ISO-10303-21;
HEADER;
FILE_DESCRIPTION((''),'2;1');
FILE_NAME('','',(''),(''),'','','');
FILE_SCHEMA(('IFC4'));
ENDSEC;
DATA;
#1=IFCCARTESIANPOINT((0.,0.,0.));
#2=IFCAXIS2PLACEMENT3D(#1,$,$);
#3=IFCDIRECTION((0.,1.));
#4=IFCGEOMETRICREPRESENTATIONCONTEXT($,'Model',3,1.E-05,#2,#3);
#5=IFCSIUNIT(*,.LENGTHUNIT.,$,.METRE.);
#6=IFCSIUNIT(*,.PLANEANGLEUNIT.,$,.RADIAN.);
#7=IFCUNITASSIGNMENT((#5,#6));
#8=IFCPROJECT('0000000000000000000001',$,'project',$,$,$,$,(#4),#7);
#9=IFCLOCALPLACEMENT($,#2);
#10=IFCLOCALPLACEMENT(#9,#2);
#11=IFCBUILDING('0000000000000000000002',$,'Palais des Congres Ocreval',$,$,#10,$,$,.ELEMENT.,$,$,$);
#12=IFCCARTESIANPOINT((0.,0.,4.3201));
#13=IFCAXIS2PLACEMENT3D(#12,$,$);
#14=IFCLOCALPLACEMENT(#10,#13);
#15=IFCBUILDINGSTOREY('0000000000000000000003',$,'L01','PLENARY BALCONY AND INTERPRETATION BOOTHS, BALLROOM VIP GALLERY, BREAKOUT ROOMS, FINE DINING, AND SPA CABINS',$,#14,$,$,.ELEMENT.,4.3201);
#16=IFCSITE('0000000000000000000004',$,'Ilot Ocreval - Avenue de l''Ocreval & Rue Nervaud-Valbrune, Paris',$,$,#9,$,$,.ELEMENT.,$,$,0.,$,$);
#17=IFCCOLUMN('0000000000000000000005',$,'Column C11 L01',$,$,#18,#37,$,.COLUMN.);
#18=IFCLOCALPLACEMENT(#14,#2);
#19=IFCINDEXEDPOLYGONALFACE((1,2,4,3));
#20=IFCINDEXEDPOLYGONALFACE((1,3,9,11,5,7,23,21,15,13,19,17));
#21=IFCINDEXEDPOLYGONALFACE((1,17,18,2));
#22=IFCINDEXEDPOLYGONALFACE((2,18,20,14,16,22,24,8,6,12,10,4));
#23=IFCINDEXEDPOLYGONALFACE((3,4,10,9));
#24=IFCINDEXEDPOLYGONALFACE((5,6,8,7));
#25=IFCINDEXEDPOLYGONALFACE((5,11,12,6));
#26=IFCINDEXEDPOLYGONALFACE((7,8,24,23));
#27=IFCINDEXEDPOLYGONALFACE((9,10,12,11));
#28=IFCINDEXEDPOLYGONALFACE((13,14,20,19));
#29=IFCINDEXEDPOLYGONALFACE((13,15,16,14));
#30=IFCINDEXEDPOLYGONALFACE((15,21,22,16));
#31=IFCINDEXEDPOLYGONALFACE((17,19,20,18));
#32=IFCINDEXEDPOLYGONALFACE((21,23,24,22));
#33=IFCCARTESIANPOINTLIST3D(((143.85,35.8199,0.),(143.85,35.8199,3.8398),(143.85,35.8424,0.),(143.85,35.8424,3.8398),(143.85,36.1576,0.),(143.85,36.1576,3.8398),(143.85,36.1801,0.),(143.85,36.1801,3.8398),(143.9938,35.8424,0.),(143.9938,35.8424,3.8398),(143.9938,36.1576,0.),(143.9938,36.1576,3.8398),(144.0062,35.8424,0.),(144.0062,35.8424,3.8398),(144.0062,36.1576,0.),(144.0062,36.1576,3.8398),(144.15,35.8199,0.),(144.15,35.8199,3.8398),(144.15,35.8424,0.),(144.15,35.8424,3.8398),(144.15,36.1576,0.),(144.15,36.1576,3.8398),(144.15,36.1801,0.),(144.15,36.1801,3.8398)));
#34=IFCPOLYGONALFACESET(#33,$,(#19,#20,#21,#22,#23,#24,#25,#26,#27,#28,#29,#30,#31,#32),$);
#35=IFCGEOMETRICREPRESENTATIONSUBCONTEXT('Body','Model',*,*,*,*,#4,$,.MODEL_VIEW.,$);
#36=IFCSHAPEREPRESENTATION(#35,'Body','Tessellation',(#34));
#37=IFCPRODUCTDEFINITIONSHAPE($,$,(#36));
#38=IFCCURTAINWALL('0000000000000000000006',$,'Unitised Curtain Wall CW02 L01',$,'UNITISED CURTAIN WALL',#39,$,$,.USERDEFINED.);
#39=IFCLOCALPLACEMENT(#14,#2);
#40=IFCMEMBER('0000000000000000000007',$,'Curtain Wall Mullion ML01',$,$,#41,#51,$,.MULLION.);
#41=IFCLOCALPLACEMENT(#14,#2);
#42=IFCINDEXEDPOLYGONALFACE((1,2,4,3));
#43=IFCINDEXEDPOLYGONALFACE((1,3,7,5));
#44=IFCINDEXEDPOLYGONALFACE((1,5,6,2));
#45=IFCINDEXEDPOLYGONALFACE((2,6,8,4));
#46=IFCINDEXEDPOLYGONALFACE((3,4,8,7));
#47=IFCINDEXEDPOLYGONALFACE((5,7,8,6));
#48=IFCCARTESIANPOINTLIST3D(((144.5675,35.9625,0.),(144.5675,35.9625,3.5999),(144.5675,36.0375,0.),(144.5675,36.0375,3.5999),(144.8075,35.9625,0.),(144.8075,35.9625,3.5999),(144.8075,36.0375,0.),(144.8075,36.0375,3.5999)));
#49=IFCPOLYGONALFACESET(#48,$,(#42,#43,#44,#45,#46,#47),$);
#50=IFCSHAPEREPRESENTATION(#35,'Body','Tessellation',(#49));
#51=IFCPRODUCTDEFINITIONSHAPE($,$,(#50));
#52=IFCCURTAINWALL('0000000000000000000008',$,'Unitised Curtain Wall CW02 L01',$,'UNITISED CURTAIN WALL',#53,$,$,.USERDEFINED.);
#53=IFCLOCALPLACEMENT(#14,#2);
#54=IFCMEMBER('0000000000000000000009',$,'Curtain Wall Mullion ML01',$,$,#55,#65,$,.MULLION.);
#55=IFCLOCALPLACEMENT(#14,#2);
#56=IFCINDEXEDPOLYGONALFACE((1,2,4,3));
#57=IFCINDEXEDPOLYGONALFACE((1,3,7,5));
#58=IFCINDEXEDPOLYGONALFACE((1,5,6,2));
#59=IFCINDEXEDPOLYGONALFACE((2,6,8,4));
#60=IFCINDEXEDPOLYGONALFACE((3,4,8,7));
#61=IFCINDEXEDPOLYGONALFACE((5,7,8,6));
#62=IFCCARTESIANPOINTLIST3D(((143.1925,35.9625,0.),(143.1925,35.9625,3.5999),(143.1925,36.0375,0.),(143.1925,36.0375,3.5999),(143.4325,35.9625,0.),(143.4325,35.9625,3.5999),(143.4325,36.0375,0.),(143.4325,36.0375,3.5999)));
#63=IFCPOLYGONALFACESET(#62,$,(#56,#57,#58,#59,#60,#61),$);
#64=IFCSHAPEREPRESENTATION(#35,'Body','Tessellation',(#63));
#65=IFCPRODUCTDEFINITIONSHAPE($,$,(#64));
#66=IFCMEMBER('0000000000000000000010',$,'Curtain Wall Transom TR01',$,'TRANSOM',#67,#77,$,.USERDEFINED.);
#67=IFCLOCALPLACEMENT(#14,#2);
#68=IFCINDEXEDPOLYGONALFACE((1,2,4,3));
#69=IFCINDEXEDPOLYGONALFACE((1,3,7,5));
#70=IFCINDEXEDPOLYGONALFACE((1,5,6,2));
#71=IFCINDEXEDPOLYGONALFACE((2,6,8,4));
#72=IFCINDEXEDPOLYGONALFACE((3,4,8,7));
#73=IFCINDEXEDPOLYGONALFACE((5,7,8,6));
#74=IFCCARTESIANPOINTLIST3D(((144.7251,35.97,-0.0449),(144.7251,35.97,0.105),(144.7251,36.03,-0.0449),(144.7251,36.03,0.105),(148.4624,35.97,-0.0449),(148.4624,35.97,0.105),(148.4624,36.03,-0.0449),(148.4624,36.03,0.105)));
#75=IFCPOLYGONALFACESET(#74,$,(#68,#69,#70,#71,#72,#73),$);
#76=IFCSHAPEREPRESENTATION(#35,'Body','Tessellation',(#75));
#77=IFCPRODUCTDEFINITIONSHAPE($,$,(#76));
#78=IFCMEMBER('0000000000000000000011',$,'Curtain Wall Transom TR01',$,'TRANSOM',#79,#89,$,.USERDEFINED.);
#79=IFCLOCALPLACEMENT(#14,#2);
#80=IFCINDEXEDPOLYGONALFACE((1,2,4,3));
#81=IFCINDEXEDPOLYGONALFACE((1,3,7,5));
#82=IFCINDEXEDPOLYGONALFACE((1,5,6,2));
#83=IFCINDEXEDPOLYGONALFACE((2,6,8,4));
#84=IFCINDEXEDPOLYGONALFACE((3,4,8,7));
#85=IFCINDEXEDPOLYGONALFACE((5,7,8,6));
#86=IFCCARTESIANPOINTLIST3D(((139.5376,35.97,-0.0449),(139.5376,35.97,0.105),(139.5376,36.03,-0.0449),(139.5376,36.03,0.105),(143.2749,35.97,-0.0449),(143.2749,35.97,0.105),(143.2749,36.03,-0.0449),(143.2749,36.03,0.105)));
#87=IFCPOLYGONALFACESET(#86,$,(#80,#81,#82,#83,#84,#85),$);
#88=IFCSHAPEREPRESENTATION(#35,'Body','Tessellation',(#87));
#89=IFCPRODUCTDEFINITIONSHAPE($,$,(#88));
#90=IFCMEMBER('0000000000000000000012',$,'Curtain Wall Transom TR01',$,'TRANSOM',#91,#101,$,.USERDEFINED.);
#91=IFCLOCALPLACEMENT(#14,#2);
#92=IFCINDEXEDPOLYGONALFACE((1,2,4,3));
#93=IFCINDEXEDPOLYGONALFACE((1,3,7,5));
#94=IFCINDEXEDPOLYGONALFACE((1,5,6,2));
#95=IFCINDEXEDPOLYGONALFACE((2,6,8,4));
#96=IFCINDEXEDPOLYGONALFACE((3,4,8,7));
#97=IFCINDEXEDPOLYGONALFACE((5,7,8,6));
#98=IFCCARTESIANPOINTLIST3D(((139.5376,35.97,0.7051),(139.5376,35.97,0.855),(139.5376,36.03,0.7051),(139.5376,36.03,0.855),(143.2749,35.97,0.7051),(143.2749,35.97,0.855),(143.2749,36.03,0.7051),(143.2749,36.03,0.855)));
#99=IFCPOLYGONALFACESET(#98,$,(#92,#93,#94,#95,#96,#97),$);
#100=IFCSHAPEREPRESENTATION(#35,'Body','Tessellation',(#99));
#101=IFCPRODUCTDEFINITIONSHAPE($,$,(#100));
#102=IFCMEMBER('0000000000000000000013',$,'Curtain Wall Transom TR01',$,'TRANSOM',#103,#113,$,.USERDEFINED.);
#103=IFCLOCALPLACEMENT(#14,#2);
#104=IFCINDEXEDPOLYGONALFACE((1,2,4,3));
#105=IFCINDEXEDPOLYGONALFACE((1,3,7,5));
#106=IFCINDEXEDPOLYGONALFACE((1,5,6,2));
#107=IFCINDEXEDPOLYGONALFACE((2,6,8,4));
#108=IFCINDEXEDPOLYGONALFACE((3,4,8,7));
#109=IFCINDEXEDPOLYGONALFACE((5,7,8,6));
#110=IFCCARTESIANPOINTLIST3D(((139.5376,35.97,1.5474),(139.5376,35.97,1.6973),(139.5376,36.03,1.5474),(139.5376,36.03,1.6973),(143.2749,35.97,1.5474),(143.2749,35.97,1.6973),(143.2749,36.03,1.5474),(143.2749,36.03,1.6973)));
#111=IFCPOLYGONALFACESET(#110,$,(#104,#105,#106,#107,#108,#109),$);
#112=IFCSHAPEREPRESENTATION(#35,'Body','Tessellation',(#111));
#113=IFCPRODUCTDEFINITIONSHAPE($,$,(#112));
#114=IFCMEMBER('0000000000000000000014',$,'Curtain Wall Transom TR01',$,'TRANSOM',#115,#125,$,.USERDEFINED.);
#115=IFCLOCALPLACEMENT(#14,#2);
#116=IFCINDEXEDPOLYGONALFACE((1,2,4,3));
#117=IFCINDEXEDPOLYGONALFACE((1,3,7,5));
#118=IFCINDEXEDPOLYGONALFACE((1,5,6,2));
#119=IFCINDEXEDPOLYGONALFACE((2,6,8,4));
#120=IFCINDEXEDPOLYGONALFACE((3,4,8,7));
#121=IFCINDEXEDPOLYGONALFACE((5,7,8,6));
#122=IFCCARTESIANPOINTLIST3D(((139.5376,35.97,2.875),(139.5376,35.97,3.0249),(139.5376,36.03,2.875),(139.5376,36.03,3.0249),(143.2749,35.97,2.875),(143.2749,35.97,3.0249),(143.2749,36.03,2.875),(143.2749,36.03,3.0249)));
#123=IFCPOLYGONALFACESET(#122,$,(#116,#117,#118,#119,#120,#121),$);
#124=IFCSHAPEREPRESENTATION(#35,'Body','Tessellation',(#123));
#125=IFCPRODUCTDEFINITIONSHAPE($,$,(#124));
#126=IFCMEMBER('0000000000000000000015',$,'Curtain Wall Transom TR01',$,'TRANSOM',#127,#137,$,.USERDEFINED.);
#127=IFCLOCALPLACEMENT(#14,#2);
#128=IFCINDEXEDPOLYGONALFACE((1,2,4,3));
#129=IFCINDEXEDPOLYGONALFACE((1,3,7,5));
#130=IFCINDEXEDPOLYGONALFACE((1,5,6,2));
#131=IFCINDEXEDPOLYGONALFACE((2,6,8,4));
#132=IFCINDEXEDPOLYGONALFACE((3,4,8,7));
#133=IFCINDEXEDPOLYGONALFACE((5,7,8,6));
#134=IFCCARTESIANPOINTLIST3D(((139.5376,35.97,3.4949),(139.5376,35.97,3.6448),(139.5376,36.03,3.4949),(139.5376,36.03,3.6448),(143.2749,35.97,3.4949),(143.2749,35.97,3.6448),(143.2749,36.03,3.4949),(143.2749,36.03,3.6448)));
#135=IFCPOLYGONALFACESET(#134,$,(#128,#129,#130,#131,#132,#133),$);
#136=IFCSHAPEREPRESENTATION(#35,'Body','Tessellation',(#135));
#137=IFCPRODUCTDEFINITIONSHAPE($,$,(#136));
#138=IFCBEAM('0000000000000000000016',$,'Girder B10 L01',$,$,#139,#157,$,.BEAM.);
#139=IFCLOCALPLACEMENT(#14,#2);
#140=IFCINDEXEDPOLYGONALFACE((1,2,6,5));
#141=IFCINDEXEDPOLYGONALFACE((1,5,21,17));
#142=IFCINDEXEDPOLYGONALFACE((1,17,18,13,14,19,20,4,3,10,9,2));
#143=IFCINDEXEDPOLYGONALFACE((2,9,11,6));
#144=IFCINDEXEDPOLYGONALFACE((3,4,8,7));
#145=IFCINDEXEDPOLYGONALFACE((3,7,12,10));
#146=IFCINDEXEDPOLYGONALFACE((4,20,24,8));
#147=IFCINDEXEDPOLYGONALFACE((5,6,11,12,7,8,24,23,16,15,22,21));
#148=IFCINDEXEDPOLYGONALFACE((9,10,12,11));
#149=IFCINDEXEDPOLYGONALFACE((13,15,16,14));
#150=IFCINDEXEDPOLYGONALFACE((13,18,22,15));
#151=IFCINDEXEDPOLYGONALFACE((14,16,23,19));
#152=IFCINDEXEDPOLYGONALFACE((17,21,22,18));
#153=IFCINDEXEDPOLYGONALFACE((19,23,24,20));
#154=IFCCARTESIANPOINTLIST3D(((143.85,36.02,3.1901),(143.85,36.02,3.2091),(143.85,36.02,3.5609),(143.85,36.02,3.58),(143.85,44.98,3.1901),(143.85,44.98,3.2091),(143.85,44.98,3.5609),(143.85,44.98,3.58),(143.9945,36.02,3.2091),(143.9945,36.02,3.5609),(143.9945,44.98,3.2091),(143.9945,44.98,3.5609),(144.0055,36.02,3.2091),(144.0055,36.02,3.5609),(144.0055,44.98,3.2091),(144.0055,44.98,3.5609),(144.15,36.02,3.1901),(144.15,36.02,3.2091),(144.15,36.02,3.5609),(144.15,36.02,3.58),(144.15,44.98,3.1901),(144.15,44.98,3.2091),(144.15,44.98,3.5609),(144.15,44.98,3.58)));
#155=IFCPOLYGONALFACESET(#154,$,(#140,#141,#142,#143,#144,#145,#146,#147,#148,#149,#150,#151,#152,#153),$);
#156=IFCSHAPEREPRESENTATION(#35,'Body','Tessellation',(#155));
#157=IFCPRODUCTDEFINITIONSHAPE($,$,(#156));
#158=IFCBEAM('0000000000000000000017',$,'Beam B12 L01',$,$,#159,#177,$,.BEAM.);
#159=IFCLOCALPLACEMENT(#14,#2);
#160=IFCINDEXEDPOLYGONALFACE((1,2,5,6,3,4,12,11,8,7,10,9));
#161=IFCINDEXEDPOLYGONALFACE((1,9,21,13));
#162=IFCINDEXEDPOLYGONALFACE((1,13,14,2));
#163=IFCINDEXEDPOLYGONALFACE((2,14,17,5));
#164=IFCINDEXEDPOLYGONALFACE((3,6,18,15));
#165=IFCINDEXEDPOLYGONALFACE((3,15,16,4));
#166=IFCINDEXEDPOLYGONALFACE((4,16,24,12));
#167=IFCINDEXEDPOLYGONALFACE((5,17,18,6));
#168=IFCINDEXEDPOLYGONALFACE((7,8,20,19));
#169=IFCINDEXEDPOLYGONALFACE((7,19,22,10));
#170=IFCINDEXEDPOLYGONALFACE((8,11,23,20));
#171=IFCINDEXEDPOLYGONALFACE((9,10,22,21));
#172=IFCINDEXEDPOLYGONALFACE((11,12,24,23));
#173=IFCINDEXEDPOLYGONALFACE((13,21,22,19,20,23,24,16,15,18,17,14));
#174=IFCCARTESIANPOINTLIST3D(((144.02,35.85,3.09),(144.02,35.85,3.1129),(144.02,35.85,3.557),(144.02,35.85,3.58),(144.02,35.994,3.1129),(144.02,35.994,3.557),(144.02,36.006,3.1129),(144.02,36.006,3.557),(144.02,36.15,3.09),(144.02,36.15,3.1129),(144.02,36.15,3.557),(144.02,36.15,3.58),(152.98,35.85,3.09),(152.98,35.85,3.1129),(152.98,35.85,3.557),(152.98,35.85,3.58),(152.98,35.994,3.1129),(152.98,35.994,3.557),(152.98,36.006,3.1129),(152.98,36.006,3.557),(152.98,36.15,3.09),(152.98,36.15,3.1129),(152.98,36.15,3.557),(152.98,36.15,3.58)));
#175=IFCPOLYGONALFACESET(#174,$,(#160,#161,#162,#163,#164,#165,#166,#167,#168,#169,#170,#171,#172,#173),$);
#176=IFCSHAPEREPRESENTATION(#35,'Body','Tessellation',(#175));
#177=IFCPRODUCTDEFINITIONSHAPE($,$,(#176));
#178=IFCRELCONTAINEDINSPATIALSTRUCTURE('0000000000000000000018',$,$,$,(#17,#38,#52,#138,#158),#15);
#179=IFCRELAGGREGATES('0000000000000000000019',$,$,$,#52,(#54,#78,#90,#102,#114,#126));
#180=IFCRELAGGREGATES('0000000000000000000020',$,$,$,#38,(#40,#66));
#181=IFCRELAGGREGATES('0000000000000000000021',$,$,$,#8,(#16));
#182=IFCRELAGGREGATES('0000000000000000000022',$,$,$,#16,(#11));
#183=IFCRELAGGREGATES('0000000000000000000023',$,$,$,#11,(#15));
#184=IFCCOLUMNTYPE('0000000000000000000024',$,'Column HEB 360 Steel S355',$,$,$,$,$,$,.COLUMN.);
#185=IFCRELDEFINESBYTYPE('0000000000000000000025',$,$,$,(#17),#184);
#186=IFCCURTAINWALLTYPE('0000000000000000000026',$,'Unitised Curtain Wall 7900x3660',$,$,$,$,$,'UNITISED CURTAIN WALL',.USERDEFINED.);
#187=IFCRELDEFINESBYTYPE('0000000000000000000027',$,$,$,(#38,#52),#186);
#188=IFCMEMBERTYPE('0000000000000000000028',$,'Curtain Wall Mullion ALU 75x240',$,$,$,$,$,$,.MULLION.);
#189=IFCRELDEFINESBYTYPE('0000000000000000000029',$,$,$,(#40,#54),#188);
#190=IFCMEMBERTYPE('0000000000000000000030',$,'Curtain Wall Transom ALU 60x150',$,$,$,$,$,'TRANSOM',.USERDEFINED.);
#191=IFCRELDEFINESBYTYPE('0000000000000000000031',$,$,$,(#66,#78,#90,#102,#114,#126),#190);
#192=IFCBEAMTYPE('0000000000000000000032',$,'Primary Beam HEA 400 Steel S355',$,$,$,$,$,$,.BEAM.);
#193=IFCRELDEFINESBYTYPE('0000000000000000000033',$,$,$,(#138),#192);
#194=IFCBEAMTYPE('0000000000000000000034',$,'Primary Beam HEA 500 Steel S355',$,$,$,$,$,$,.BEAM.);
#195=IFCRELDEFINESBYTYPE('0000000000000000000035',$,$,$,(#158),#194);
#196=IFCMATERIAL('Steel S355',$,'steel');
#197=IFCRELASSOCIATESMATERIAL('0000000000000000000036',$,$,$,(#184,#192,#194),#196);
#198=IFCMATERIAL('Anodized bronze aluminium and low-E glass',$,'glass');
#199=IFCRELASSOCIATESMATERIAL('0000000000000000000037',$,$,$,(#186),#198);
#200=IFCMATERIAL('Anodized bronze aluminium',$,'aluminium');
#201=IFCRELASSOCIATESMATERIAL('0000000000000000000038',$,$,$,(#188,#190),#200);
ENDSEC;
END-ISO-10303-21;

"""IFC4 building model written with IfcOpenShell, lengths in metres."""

from ifc_helpers import new_model, si_unit, direction, frame, origin, origin_2d, place, context, subcontext, project, spatial, rectangle, i_section, extrude, material, material_profile, profile_set, type_object, element, aggregate, save


model = new_model("IFC4")

# Units and contexts
model_context = context("Model", 3, precision=1e-05, world=origin(), true_north=direction((0.0, 1.0)))
body_context = subcontext(model_context, "Body", "Model", "MODEL_VIEW")
ifc_project = project(units=[si_unit("LENGTHUNIT", "METRE"), si_unit("PLANEANGLEUNIT", "RADIAN")], contexts=[model_context])

# Site, building, storey
site_placement = place(None, origin())
site = spatial("IfcSite", under=ifc_project, at=site_placement, Name="Ilot Ocreval - Avenue de l'Ocreval & Rue Nervaud-Valbrune, Paris", CompositionType="ELEMENT", RefElevation=0.0)
building_placement = place(site_placement, origin())
building = spatial("IfcBuilding", under=site, at=building_placement, Name="Palais des Congres Ocreval", CompositionType="ELEMENT")
storey_placement = place(building_placement, frame((0.0, 0.0, 4.3201)))
storey = spatial("IfcBuildingStorey", under=building, at=storey_placement, Name="L01", Description="PLENARY BALCONY AND INTERPRETATION BOOTHS, BALLROOM VIP GALLERY, BREAKOUT ROOMS, FINE DINING, AND SPA CABINS", CompositionType="ELEMENT", Elevation=4.3201)

# Column
ifc_material_1 = material(Name="Steel S355", Category="steel")
ifc_material_profile_1 = material_profile(ifc_material_1, i_section(OverallWidth=0.3, OverallDepth=0.3601, WebThickness=0.0125, FlangeThickness=0.0225, at=origin_2d()), Name="HEB 360")
ifc_profile_set_1 = profile_set([ifc_material_profile_1], Name="Steel S355")
column_type = type_object("IfcColumnType", Name="Column HEB 360 Steel S355", PredefinedType="COLUMN", material=ifc_profile_set_1)
column_placement = place(storey_placement, frame((144.0, 36.0, 0.0), z_axis=(0.0, 0.0, 1.0), x_axis=(1.0, 0.0, 0.0)))
element("IfcColumn", 1, at=column_placement, inside=storey, type_object=column_type, Name="Column C11 L01", PredefinedType="COLUMN", context=body_context, shape_type="SweptSolid", body=[
    extrude(i_section(OverallWidth=0.3, OverallDepth=0.3601, WebThickness=0.0125, FlangeThickness=0.0225, at=origin_2d()), origin(), (0.0, 0.0, 1.0), 3.8398),
])

# Curtain walls, members
ifc_material_2 = material(Name="Anodized bronze aluminium and low-E glass", Category="glass")
curtain_wall_type = type_object("IfcCurtainWallType", Name="Unitised Curtain Wall 7900x3660", ElementType="UNITISED CURTAIN WALL", PredefinedType="USERDEFINED", material=ifc_material_2)
curtain_wall_1_placement = place(storey_placement, origin())
curtain_wall_1 = element("IfcCurtainWall", 2, at=curtain_wall_1_placement, inside=storey, type_object=curtain_wall_type, Name="Unitised Curtain Wall CW02 L01", ObjectType="UNITISED CURTAIN WALL", PredefinedType="USERDEFINED")
ifc_material_3 = material(Name="Anodized bronze aluminium", Category="aluminium")
ifc_material_profile_2 = material_profile(ifc_material_3, rectangle(XDim=0.075, YDim=0.24, at=origin_2d()), Name="ALU 75x240")
ifc_profile_set_2 = profile_set([ifc_material_profile_2], Name="Anodized bronze aluminium")
member_type_1 = type_object("IfcMemberType", Name="Curtain Wall Mullion ALU 75x240", PredefinedType="MULLION", material=ifc_profile_set_2)
member_1_placement = place(storey_placement, frame((144.6875, 36.0, 0.0), z_axis=(0.0, 0.0, 1.0), x_axis=(0.0, -1.0, 0.0)))
member_1 = element("IfcMember", 3, at=member_1_placement, type_object=member_type_1, Name="Curtain Wall Mullion ML01", PredefinedType="MULLION", context=body_context, shape_type="SweptSolid", body=[
    extrude(rectangle(XDim=0.075, YDim=0.24, at=origin_2d()), origin(), (0.0, 0.0, 1.0), 3.5999),
])
curtain_wall_2_placement = place(storey_placement, origin())
curtain_wall_2 = element("IfcCurtainWall", 4, at=curtain_wall_2_placement, inside=storey, type_object=curtain_wall_type, Name="Unitised Curtain Wall CW02 L01", ObjectType="UNITISED CURTAIN WALL", PredefinedType="USERDEFINED")
member_2_placement = place(storey_placement, frame((143.3125, 36.0, 0.0), z_axis=(0.0, 0.0, 1.0), x_axis=(0.0, -1.0, 0.0)))
member_2 = element("IfcMember", 5, at=member_2_placement, type_object=member_type_1, Name="Curtain Wall Mullion ML01", PredefinedType="MULLION", context=body_context, shape_type="SweptSolid", body=[
    extrude(rectangle(XDim=0.075, YDim=0.24, at=origin_2d()), origin(), (0.0, 0.0, 1.0), 3.5999),
])

# Members
ifc_material_profile_3 = material_profile(ifc_material_3, rectangle(XDim=0.0601, YDim=0.1499, at=origin_2d()), Name="ALU 60x150")
ifc_profile_set_3 = profile_set([ifc_material_profile_3], Name="Anodized bronze aluminium")
member_type_2 = type_object("IfcMemberType", Name="Curtain Wall Transom ALU 60x150", ElementType="TRANSOM", PredefinedType="USERDEFINED", material=ifc_profile_set_3)
member_3_placement = place(storey_placement, frame((148.4624, 36.0, 0.03), z_axis=(-1.0, 0.0, 0.0), x_axis=(0.0, -1.0, 0.0)))
member_3 = element("IfcMember", 6, at=member_3_placement, type_object=member_type_2, Name="Curtain Wall Transom TR01", ObjectType="TRANSOM", PredefinedType="USERDEFINED", context=body_context, shape_type="SweptSolid", body=[
    extrude(rectangle(XDim=0.0601, YDim=0.1499, at=origin_2d()), origin(), (0.0, 0.0, 1.0), 3.7373),
])
member_4_placement = place(storey_placement, frame((143.2749, 36.0, 0.03), z_axis=(-1.0, 0.0, 0.0), x_axis=(0.0, -1.0, 0.0)))
member_4 = element("IfcMember", 7, at=member_4_placement, type_object=member_type_2, Name="Curtain Wall Transom TR01", ObjectType="TRANSOM", PredefinedType="USERDEFINED", context=body_context, shape_type="SweptSolid", body=[
    extrude(rectangle(XDim=0.0601, YDim=0.1499, at=origin_2d()), origin(), (0.0, 0.0, 1.0), 3.7373),
])
member_5_placement = place(storey_placement, frame((143.2749, 36.0, 0.78), z_axis=(-1.0, 0.0, 0.0), x_axis=(0.0, -1.0, 0.0)))
member_5 = element("IfcMember", 8, at=member_5_placement, type_object=member_type_2, Name="Curtain Wall Transom TR01", ObjectType="TRANSOM", PredefinedType="USERDEFINED", context=body_context, shape_type="SweptSolid", body=[
    extrude(rectangle(XDim=0.0601, YDim=0.1499, at=origin_2d()), origin(), (0.0, 0.0, 1.0), 3.7373),
])
member_6_placement = place(storey_placement, frame((143.2749, 36.0, 1.6223), z_axis=(-1.0, 0.0, 0.0), x_axis=(0.0, -1.0, 0.0)))
member_6 = element("IfcMember", 9, at=member_6_placement, type_object=member_type_2, Name="Curtain Wall Transom TR01", ObjectType="TRANSOM", PredefinedType="USERDEFINED", context=body_context, shape_type="SweptSolid", body=[
    extrude(rectangle(XDim=0.0601, YDim=0.1499, at=origin_2d()), origin(), (0.0, 0.0, 1.0), 3.7373),
])
member_7_placement = place(storey_placement, frame((143.2749, 36.0, 2.95), z_axis=(-1.0, 0.0, 0.0), x_axis=(0.0, -1.0, 0.0)))
member_7 = element("IfcMember", 10, at=member_7_placement, type_object=member_type_2, Name="Curtain Wall Transom TR01", ObjectType="TRANSOM", PredefinedType="USERDEFINED", context=body_context, shape_type="SweptSolid", body=[
    extrude(rectangle(XDim=0.0601, YDim=0.1499, at=origin_2d()), origin(), (0.0, 0.0, 1.0), 3.7373),
])
member_8_placement = place(storey_placement, frame((143.2749, 36.0, 3.5698), z_axis=(-1.0, 0.0, 0.0), x_axis=(0.0, -1.0, 0.0)))
member_8 = element("IfcMember", 11, at=member_8_placement, type_object=member_type_2, Name="Curtain Wall Transom TR01", ObjectType="TRANSOM", PredefinedType="USERDEFINED", context=body_context, shape_type="SweptSolid", body=[
    extrude(rectangle(XDim=0.0601, YDim=0.1499, at=origin_2d()), origin(), (0.0, 0.0, 1.0), 3.7373),
])

# Beams
ifc_material_profile_4 = material_profile(ifc_material_1, i_section(OverallWidth=0.3, OverallDepth=0.3899, WebThickness=0.011, FlangeThickness=0.019, at=origin_2d()), Name="HEA 400")
ifc_profile_set_4 = profile_set([ifc_material_profile_4], Name="Steel S355")
beam_type_1 = type_object("IfcBeamType", Name="Primary Beam HEA 400 Steel S355", PredefinedType="BEAM", material=ifc_profile_set_4)
beam_1_placement = place(storey_placement, frame((144.0, 36.02, 3.385), z_axis=(0.0, 1.0, 0.0), x_axis=(-1.0, 0.0, 0.0)))
element("IfcBeam", 12, at=beam_1_placement, inside=storey, type_object=beam_type_1, Name="Girder B10 L01", PredefinedType="BEAM", context=body_context, shape_type="SweptSolid", body=[
    extrude(i_section(OverallWidth=0.3, OverallDepth=0.3899, WebThickness=0.011, FlangeThickness=0.019, at=origin_2d()), origin(), (0.0, 0.0, 1.0), 8.96),
])
ifc_material_profile_5 = material_profile(ifc_material_1, i_section(OverallWidth=0.3, OverallDepth=0.49, WebThickness=0.012, FlangeThickness=0.0229, at=origin_2d()), Name="HEA 500")
ifc_profile_set_5 = profile_set([ifc_material_profile_5], Name="Steel S355")
beam_type_2 = type_object("IfcBeamType", Name="Primary Beam HEA 500 Steel S355", PredefinedType="BEAM", material=ifc_profile_set_5)
beam_2_placement = place(storey_placement, frame((144.02, 36.0, 3.335), z_axis=(1.0, 0.0, 0.0), x_axis=(0.0, 1.0, 0.0)))
element("IfcBeam", 13, at=beam_2_placement, inside=storey, type_object=beam_type_2, Name="Beam B12 L01", PredefinedType="BEAM", context=body_context, shape_type="SweptSolid", body=[
    extrude(i_section(OverallWidth=0.3, OverallDepth=0.49, WebThickness=0.012, FlangeThickness=0.0229, at=origin_2d()), origin(), (0.0, 0.0, 1.0), 8.96),
])

aggregate(curtain_wall_2, [member_2, member_4, member_5, member_6, member_7, member_8])
aggregate(curtain_wall_1, [member_1, member_3])

save(model, "model.ifc")
